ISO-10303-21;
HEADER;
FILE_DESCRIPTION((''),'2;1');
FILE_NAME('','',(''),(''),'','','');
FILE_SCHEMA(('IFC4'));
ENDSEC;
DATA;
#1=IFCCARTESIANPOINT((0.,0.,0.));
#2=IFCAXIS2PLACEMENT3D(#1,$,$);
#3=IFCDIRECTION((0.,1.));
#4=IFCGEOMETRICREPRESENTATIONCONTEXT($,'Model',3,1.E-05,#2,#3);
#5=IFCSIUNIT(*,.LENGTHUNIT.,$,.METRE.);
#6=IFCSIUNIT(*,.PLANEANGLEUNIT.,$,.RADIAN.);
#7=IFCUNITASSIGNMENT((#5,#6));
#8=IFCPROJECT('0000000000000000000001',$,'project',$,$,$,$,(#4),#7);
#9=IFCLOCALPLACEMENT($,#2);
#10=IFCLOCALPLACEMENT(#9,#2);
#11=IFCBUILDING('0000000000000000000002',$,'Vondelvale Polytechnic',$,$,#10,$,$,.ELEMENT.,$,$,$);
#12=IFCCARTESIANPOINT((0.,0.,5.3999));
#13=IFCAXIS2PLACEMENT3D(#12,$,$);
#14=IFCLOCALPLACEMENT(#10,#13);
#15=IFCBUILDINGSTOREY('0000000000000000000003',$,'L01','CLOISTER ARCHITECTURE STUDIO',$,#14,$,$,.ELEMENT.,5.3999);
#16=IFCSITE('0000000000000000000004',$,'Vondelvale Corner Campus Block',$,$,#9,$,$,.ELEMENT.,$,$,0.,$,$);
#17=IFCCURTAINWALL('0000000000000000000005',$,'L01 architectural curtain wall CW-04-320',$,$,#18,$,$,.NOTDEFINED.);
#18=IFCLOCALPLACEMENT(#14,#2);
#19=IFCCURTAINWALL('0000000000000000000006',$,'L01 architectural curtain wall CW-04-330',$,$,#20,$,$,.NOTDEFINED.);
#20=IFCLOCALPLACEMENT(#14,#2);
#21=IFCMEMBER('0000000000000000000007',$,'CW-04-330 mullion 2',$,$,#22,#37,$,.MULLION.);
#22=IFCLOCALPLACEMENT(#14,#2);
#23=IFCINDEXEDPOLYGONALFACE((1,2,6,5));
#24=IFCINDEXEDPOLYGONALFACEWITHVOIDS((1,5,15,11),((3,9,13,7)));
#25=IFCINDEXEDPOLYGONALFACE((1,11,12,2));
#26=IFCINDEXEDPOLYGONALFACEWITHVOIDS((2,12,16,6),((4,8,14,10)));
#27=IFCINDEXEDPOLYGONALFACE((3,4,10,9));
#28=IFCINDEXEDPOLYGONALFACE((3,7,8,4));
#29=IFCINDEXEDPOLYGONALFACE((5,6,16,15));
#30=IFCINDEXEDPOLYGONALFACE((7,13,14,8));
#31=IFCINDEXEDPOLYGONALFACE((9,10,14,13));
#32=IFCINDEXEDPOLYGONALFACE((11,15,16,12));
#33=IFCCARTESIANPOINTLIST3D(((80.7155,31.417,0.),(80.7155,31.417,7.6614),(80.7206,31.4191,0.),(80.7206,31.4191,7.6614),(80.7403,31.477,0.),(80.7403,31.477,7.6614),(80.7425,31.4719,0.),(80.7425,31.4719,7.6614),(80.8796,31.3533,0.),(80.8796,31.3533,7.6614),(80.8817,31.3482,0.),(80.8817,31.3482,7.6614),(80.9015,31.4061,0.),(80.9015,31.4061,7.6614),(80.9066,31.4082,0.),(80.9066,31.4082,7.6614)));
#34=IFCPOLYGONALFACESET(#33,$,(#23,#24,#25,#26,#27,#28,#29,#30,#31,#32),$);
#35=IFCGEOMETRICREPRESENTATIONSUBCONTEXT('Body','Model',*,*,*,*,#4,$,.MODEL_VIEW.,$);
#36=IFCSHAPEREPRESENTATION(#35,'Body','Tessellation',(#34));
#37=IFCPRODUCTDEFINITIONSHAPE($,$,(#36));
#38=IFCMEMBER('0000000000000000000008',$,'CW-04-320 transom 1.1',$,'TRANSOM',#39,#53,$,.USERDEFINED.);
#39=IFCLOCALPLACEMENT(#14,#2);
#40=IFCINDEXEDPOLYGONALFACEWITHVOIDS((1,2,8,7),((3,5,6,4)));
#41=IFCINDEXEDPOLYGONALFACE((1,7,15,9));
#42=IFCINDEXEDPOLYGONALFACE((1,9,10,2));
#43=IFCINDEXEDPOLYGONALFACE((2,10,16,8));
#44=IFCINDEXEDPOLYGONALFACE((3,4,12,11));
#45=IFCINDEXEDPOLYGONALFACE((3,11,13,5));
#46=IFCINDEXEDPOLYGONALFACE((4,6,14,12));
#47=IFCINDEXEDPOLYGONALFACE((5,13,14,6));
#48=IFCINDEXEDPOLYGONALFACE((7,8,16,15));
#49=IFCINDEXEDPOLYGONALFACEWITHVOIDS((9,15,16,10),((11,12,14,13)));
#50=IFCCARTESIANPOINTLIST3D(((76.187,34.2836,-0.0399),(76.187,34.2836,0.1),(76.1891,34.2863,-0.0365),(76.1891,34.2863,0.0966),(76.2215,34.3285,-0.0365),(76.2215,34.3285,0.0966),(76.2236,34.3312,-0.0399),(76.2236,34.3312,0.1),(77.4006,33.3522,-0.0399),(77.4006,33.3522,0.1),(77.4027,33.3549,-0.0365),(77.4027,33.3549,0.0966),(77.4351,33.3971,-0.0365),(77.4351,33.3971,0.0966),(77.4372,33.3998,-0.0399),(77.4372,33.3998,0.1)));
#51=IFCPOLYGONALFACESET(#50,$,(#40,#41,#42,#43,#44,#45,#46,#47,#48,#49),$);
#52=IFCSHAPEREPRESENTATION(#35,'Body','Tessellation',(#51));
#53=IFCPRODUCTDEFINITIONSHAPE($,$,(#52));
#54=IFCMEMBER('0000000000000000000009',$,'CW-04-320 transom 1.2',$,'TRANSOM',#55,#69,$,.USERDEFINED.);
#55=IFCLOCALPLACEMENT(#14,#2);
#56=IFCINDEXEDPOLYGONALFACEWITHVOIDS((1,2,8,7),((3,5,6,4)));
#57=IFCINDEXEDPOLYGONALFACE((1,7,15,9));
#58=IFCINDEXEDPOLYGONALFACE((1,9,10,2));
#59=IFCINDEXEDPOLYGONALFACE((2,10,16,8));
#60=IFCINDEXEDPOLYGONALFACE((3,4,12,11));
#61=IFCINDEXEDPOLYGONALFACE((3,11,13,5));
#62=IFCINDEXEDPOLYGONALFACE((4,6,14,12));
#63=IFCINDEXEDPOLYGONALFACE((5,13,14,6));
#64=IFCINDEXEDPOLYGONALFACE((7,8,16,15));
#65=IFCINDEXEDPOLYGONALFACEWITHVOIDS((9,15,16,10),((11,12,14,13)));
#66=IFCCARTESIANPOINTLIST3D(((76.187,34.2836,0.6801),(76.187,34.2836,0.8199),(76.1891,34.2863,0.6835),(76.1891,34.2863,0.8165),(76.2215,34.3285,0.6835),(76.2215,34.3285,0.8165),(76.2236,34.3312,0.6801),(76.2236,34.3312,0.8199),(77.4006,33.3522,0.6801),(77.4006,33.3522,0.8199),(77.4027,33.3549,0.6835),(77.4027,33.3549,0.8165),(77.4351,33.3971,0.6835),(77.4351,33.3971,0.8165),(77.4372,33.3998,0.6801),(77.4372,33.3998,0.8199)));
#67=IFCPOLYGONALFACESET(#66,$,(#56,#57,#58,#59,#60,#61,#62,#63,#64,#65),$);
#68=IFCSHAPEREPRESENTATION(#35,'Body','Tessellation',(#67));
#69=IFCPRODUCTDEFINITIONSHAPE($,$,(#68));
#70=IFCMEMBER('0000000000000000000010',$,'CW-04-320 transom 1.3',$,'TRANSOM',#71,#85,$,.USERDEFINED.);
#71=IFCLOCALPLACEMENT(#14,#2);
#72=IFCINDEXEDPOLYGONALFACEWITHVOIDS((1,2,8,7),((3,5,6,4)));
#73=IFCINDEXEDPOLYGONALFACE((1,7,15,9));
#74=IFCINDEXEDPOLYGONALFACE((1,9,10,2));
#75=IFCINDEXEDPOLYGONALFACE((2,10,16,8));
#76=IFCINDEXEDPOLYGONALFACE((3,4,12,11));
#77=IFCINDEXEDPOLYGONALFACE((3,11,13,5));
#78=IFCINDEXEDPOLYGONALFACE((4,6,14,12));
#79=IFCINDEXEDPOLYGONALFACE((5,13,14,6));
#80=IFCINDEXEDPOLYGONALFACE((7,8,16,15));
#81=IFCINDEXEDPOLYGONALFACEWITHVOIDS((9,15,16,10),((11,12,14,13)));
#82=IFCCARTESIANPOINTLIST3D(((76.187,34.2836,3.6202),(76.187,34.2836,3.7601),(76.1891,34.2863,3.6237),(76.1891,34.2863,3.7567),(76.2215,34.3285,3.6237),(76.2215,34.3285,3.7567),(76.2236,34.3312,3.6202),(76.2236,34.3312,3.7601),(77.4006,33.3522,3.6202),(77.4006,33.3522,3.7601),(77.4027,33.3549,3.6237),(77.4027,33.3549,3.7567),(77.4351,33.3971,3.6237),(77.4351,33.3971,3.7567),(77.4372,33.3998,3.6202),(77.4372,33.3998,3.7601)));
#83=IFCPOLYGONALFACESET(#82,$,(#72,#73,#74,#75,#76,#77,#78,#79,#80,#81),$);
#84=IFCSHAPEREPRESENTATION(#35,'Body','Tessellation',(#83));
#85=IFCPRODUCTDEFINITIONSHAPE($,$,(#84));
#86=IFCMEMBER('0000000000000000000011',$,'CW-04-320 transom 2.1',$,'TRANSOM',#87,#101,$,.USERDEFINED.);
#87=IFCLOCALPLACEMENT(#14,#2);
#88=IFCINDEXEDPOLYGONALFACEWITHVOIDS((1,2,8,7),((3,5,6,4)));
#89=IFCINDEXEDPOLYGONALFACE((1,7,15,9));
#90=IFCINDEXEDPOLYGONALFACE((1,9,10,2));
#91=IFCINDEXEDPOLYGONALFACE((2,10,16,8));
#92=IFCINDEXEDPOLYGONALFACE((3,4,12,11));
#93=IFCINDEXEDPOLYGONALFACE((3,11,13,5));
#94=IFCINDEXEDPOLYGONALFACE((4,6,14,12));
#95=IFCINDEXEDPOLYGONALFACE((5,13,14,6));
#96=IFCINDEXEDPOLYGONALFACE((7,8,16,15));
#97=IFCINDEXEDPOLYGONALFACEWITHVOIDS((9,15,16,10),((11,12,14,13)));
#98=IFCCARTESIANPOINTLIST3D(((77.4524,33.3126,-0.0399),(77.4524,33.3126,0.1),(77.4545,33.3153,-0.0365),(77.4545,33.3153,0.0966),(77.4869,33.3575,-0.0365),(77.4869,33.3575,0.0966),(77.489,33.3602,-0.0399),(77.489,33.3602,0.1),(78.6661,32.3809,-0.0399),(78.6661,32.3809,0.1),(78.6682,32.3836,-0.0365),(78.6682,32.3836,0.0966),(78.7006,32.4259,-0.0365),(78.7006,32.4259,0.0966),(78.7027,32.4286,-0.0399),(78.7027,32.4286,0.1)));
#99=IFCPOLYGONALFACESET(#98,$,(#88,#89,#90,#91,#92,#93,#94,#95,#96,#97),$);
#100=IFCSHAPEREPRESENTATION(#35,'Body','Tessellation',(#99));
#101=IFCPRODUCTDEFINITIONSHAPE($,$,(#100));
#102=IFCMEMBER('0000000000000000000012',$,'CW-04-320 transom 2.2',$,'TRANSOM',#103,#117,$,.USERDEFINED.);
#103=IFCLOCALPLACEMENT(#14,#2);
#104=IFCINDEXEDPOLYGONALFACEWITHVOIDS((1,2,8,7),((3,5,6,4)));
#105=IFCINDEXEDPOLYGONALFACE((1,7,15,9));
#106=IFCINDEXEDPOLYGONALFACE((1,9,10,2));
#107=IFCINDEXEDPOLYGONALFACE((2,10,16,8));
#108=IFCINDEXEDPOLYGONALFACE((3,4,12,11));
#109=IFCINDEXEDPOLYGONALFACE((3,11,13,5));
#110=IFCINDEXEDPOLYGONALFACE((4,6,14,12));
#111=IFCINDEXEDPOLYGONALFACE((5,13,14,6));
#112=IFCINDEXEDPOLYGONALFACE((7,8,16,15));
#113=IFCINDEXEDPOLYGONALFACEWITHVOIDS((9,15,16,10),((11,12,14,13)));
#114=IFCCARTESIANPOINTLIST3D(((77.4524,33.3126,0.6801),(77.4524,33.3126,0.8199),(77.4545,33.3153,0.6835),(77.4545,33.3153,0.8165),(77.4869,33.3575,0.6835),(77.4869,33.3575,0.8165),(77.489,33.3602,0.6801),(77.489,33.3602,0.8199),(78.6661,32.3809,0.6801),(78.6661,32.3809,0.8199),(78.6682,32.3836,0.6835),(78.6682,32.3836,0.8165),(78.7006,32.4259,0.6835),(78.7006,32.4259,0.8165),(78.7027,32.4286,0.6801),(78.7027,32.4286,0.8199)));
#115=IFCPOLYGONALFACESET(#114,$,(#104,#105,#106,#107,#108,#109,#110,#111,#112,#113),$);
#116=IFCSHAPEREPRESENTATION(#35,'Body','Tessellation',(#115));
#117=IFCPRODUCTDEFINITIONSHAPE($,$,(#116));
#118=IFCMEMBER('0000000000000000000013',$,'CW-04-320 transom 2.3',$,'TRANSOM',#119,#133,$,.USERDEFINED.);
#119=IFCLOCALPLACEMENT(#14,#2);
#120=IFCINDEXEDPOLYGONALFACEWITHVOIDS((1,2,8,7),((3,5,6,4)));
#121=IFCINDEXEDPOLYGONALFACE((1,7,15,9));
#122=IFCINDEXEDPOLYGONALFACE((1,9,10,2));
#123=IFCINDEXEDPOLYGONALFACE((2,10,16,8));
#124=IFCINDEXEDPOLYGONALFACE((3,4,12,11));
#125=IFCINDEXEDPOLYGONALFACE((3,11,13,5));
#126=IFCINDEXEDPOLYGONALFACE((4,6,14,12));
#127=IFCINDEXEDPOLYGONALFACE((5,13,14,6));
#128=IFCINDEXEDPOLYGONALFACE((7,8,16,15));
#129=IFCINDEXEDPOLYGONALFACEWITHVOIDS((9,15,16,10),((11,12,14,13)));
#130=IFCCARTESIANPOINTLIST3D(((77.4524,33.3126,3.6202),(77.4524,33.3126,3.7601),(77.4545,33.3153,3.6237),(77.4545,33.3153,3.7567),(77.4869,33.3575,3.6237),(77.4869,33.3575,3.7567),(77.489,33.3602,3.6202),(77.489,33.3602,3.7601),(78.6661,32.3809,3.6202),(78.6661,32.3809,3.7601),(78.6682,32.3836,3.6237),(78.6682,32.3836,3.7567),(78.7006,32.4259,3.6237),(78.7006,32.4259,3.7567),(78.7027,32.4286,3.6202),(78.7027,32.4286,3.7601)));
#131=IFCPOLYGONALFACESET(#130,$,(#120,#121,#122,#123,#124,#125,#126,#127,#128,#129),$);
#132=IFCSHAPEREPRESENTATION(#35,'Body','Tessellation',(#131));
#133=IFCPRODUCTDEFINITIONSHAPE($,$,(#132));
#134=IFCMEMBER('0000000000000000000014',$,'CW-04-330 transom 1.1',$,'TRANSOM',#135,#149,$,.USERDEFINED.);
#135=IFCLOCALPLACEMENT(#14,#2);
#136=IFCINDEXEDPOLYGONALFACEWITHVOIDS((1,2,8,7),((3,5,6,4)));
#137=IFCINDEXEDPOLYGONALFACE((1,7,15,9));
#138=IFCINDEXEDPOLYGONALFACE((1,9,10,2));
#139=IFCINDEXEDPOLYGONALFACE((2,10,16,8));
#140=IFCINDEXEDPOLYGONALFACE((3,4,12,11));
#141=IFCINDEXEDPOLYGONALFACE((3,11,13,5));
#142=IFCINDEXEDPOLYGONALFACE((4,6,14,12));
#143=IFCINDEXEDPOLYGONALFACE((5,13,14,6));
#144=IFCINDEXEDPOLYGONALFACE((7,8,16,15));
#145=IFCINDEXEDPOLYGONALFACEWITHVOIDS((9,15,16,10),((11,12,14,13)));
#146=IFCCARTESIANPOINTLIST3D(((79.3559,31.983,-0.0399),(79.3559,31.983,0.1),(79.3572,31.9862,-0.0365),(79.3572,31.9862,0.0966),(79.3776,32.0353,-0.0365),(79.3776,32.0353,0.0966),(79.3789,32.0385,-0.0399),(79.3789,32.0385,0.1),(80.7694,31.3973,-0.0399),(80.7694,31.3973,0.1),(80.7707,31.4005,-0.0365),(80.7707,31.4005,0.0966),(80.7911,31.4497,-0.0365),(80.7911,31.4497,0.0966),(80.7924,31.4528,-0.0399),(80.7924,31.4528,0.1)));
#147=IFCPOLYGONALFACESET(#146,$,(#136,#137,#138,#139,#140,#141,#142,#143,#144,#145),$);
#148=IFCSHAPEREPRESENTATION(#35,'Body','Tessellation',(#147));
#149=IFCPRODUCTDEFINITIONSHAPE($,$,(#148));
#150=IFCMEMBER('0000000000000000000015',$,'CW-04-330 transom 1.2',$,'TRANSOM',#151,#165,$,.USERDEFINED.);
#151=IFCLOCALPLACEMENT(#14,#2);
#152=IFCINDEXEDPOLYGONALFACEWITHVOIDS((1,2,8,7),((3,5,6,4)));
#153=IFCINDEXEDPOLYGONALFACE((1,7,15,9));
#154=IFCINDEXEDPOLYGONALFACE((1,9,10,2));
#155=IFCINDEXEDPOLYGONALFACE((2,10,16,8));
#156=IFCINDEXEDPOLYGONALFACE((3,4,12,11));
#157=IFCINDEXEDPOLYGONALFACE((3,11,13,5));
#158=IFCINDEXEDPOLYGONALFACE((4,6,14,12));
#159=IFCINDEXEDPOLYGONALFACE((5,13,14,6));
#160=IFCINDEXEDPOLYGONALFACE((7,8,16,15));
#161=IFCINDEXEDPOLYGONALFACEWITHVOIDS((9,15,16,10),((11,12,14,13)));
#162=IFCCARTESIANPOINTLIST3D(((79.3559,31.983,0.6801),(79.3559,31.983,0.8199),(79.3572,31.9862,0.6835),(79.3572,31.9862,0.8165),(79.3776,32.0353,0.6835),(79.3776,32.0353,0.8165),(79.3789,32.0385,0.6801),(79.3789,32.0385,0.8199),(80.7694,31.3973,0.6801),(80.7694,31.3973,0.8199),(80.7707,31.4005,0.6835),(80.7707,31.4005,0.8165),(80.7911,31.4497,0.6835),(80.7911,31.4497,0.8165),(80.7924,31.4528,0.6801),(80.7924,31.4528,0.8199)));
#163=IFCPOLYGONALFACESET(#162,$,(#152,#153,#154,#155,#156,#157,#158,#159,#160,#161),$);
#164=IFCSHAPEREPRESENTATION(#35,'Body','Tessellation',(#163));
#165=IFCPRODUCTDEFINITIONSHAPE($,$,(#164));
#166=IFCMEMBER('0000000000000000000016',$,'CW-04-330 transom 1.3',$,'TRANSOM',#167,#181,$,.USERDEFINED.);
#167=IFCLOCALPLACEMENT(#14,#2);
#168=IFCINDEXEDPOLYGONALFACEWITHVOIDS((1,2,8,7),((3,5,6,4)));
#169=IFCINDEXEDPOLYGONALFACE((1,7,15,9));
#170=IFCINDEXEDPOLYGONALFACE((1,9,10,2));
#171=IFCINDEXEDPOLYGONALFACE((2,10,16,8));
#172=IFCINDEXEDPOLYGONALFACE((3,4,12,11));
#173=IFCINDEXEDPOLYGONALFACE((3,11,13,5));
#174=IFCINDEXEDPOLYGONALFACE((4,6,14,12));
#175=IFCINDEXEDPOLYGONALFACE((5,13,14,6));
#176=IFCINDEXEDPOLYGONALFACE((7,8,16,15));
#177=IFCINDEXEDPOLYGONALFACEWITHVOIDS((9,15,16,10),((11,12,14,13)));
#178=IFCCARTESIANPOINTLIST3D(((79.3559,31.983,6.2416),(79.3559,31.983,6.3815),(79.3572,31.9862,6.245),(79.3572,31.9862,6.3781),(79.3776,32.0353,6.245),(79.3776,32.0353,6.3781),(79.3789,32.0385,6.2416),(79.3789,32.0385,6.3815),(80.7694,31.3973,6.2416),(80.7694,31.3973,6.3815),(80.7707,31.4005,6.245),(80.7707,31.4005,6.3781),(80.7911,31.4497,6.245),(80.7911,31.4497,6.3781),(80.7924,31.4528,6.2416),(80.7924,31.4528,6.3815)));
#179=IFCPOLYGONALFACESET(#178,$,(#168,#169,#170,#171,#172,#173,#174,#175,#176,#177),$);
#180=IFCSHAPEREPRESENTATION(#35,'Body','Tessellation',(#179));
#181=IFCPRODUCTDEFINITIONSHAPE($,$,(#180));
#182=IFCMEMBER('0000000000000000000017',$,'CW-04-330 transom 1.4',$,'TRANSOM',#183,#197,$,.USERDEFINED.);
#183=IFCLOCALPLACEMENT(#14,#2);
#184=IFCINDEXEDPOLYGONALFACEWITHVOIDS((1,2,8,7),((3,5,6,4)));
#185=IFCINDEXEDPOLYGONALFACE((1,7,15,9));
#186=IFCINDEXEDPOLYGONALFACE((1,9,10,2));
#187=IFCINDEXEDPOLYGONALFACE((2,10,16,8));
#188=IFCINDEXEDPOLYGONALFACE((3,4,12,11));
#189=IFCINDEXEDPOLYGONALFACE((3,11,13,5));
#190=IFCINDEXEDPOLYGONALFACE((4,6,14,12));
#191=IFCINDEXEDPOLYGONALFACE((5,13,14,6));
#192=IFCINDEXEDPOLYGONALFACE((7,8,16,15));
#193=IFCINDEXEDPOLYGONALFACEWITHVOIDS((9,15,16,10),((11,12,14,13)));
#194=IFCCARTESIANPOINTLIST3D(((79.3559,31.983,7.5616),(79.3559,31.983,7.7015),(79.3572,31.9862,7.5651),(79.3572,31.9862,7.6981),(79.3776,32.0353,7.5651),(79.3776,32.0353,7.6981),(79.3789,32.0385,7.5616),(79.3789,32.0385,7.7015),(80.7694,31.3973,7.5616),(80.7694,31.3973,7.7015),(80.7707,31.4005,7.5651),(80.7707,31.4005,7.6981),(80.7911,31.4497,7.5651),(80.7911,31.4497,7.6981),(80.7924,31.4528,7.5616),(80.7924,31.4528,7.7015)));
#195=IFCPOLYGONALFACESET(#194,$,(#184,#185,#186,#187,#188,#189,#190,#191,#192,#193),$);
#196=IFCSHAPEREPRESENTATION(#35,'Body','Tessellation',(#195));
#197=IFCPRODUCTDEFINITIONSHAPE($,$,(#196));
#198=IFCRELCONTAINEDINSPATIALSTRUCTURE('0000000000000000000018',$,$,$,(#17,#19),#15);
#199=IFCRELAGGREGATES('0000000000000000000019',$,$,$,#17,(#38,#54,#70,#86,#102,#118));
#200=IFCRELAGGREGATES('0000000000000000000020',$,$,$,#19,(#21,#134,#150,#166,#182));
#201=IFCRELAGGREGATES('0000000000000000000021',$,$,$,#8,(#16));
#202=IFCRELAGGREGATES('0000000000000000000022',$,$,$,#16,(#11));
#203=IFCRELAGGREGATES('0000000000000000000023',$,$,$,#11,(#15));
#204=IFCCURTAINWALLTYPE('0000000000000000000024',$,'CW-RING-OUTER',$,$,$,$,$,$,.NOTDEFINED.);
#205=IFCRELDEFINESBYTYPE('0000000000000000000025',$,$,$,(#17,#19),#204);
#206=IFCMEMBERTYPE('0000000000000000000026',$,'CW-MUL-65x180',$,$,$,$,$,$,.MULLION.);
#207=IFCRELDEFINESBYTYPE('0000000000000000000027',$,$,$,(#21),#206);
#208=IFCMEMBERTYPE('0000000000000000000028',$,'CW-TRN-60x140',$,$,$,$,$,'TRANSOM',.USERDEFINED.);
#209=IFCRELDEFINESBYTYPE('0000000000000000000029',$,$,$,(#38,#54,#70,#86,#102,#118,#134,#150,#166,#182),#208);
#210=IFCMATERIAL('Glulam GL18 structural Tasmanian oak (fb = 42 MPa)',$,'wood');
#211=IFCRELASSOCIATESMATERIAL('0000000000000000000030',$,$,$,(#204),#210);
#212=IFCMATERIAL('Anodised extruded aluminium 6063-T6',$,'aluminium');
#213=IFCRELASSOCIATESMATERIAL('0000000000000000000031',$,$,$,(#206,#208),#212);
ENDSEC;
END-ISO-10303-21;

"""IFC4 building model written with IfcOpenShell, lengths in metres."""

from ifc_helpers import new_model, si_unit, direction, frame, origin, origin_2d, place, context, subcontext, project, spatial, hollow_rectangle, extrude, material, material_profile, profile_set, type_object, element, aggregate, save


model = new_model("IFC4")

# Units and contexts
model_context = context("Model", 3, precision=1e-05, world=origin(), true_north=direction((0.0, 1.0)))
body_context = subcontext(model_context, "Body", "Model", "MODEL_VIEW")
ifc_project = project(units=[si_unit("LENGTHUNIT", "METRE"), si_unit("PLANEANGLEUNIT", "RADIAN")], contexts=[model_context])

# Site, building, storey
site_placement = place(None, origin())
site = spatial("IfcSite", under=ifc_project, at=site_placement, Name="Vondelvale Corner Campus Block", CompositionType="ELEMENT", RefElevation=0.0)
building_placement = place(site_placement, origin())
building = spatial("IfcBuilding", under=site, at=building_placement, Name="Vondelvale Polytechnic", CompositionType="ELEMENT")
storey_placement = place(building_placement, frame((0.0, 0.0, 5.3999)))
storey = spatial("IfcBuildingStorey", under=building, at=storey_placement, Name="L01", Description="CLOISTER ARCHITECTURE STUDIO", CompositionType="ELEMENT", Elevation=5.3999)

# Curtain walls, member
ifc_material_1 = material(Name="Glulam GL18 structural Tasmanian oak (fb = 42 MPa)", Category="wood")
curtain_wall_type = type_object("IfcCurtainWallType", Name="CW-RING-OUTER", PredefinedType="NOTDEFINED", material=ifc_material_1)
curtain_wall_1_placement = place(storey_placement, origin())
curtain_wall_1 = element("IfcCurtainWall", 1, at=curtain_wall_1_placement, inside=storey, type_object=curtain_wall_type, Name="L01 architectural curtain wall CW-04-320", PredefinedType="NOTDEFINED")
ifc_material_2 = material(Name="Anodised extruded aluminium 6063-T6", Category="aluminium")
ifc_material_profile_1 = material_profile(ifc_material_2, hollow_rectangle(XDim=0.0649, YDim=0.1799, WallThickness=0.0039, at=origin_2d()), Name="CW-MUL-180x65")
ifc_profile_set_1 = profile_set([ifc_material_profile_1], Name="Anodised extruded aluminium 6063-T6")
member_type_1 = type_object("IfcMemberType", Name="CW-MUL-65x180", PredefinedType="MULLION", material=ifc_profile_set_1)
curtain_wall_2_placement = place(storey_placement, origin())
curtain_wall_2 = element("IfcCurtainWall", 2, at=curtain_wall_2_placement, inside=storey, type_object=curtain_wall_type, Name="L01 architectural curtain wall CW-04-330", PredefinedType="NOTDEFINED")
member_1_placement = place(storey_placement, frame((80.811, 31.4126, 0.0), z_axis=(0.0, 0.0, 1.0), x_axis=(0.382677, 0.923882, 0.0)))
member_1 = element("IfcMember", 3, at=member_1_placement, type_object=member_type_1, Name="CW-04-330 mullion 2", PredefinedType="MULLION", context=body_context, shape_type="SweptSolid", body=[
    extrude(hollow_rectangle(XDim=0.0649, YDim=0.1799, WallThickness=0.0039, at=origin_2d()), origin(), (0.0, 0.0, 1.0), 7.6614),
])

# Members
ifc_material_profile_2 = material_profile(ifc_material_2, hollow_rectangle(XDim=0.0601, YDim=0.1399, WallThickness=0.0034, at=origin_2d()), Name="CW-TRN-140x60")
ifc_profile_set_2 = profile_set([ifc_material_profile_2], Name="Anodised extruded aluminium 6063-T6")
member_type_2 = type_object("IfcMemberType", Name="CW-TRN-60x140", ElementType="TRANSOM", PredefinedType="USERDEFINED", material=ifc_profile_set_2)
member_2_placement = place(storey_placement, frame((76.2053, 34.3074, 0.03), z_axis=(0.793306, -0.608823, 0.0), x_axis=(0.608823, 0.793306, 0.0)))
member_2 = element("IfcMember", 4, at=member_2_placement, type_object=member_type_2, Name="CW-04-320 transom 1.1", ObjectType="TRANSOM", PredefinedType="USERDEFINED", context=body_context, shape_type="SweptSolid", body=[
    extrude(hollow_rectangle(XDim=0.0601, YDim=0.1399, WallThickness=0.0034, at=origin_2d()), origin(), (0.0, 0.0, 1.0), 1.5298),
])
member_3_placement = place(storey_placement, frame((76.2053, 34.3074, 0.75), z_axis=(0.793306, -0.608823, 0.0), x_axis=(0.608823, 0.793306, 0.0)))
member_3 = element("IfcMember", 5, at=member_3_placement, type_object=member_type_2, Name="CW-04-320 transom 1.2", ObjectType="TRANSOM", PredefinedType="USERDEFINED", context=body_context, shape_type="SweptSolid", body=[
    extrude(hollow_rectangle(XDim=0.0601, YDim=0.1399, WallThickness=0.0034, at=origin_2d()), origin(), (0.0, 0.0, 1.0), 1.5298),
])
member_4_placement = place(storey_placement, frame((76.2053, 34.3074, 3.6902), z_axis=(0.793306, -0.608823, 0.0), x_axis=(0.608823, 0.793306, 0.0)))
member_4 = element("IfcMember", 6, at=member_4_placement, type_object=member_type_2, Name="CW-04-320 transom 1.3", ObjectType="TRANSOM", PredefinedType="USERDEFINED", context=body_context, shape_type="SweptSolid", body=[
    extrude(hollow_rectangle(XDim=0.0601, YDim=0.1399, WallThickness=0.0034, at=origin_2d()), origin(), (0.0, 0.0, 1.0), 1.5298),
])
member_5_placement = place(storey_placement, frame((77.4707, 33.3364, 0.03), z_axis=(0.793229, -0.608924, 0.0), x_axis=(0.608924, 0.793229, 0.0)))
member_5 = element("IfcMember", 7, at=member_5_placement, type_object=member_type_2, Name="CW-04-320 transom 2.1", ObjectType="TRANSOM", PredefinedType="USERDEFINED", context=body_context, shape_type="SweptSolid", body=[
    extrude(hollow_rectangle(XDim=0.0601, YDim=0.1399, WallThickness=0.0034, at=origin_2d()), origin(), (0.0, 0.0, 1.0), 1.53),
])
member_6_placement = place(storey_placement, frame((77.4707, 33.3364, 0.75), z_axis=(0.793229, -0.608924, 0.0), x_axis=(0.608924, 0.793229, 0.0)))
member_6 = element("IfcMember", 8, at=member_6_placement, type_object=member_type_2, Name="CW-04-320 transom 2.2", ObjectType="TRANSOM", PredefinedType="USERDEFINED", context=body_context, shape_type="SweptSolid", body=[
    extrude(hollow_rectangle(XDim=0.0601, YDim=0.1399, WallThickness=0.0034, at=origin_2d()), origin(), (0.0, 0.0, 1.0), 1.53),
])
member_7_placement = place(storey_placement, frame((77.4707, 33.3364, 3.6902), z_axis=(0.793229, -0.608924, 0.0), x_axis=(0.608924, 0.793229, 0.0)))
member_7 = element("IfcMember", 9, at=member_7_placement, type_object=member_type_2, Name="CW-04-320 transom 2.3", ObjectType="TRANSOM", PredefinedType="USERDEFINED", context=body_context, shape_type="SweptSolid", body=[
    extrude(hollow_rectangle(XDim=0.0601, YDim=0.1399, WallThickness=0.0034, at=origin_2d()), origin(), (0.0, 0.0, 1.0), 1.53),
])
member_8_placement = place(storey_placement, frame((79.3674, 32.0107, 0.03), z_axis=(0.92384, -0.382779, 0.0), x_axis=(0.382779, 0.92384, 0.0)))
member_8 = element("IfcMember", 10, at=member_8_placement, type_object=member_type_2, Name="CW-04-330 transom 1.1", ObjectType="TRANSOM", PredefinedType="USERDEFINED", context=body_context, shape_type="SweptSolid", body=[
    extrude(hollow_rectangle(XDim=0.0601, YDim=0.1399, WallThickness=0.0034, at=origin_2d()), origin(), (0.0, 0.0, 1.0), 1.53),
])
member_9_placement = place(storey_placement, frame((79.3674, 32.0107, 0.75), z_axis=(0.92384, -0.382779, 0.0), x_axis=(0.382779, 0.92384, 0.0)))
member_9 = element("IfcMember", 11, at=member_9_placement, type_object=member_type_2, Name="CW-04-330 transom 1.2", ObjectType="TRANSOM", PredefinedType="USERDEFINED", context=body_context, shape_type="SweptSolid", body=[
    extrude(hollow_rectangle(XDim=0.0601, YDim=0.1399, WallThickness=0.0034, at=origin_2d()), origin(), (0.0, 0.0, 1.0), 1.53),
])
member_10_placement = place(storey_placement, frame((79.3674, 32.0107, 6.3115), z_axis=(0.92384, -0.382779, 0.0), x_axis=(0.382779, 0.92384, 0.0)))
member_10 = element("IfcMember", 12, at=member_10_placement, type_object=member_type_2, Name="CW-04-330 transom 1.3", ObjectType="TRANSOM", PredefinedType="USERDEFINED", context=body_context, shape_type="SweptSolid", body=[
    extrude(hollow_rectangle(XDim=0.0601, YDim=0.1399, WallThickness=0.0034, at=origin_2d()), origin(), (0.0, 0.0, 1.0), 1.53),
])
member_11_placement = place(storey_placement, frame((79.3674, 32.0107, 7.6316), z_axis=(0.92384, -0.382779, 0.0), x_axis=(0.382779, 0.92384, 0.0)))
member_11 = element("IfcMember", 13, at=member_11_placement, type_object=member_type_2, Name="CW-04-330 transom 1.4", ObjectType="TRANSOM", PredefinedType="USERDEFINED", context=body_context, shape_type="SweptSolid", body=[
    extrude(hollow_rectangle(XDim=0.0601, YDim=0.1399, WallThickness=0.0034, at=origin_2d()), origin(), (0.0, 0.0, 1.0), 1.53),
])

aggregate(curtain_wall_1, [member_2, member_3, member_4, member_5, member_6, member_7])
aggregate(curtain_wall_2, [member_1, member_8, member_9, member_10, member_11])

save(model, "model.ifc")
